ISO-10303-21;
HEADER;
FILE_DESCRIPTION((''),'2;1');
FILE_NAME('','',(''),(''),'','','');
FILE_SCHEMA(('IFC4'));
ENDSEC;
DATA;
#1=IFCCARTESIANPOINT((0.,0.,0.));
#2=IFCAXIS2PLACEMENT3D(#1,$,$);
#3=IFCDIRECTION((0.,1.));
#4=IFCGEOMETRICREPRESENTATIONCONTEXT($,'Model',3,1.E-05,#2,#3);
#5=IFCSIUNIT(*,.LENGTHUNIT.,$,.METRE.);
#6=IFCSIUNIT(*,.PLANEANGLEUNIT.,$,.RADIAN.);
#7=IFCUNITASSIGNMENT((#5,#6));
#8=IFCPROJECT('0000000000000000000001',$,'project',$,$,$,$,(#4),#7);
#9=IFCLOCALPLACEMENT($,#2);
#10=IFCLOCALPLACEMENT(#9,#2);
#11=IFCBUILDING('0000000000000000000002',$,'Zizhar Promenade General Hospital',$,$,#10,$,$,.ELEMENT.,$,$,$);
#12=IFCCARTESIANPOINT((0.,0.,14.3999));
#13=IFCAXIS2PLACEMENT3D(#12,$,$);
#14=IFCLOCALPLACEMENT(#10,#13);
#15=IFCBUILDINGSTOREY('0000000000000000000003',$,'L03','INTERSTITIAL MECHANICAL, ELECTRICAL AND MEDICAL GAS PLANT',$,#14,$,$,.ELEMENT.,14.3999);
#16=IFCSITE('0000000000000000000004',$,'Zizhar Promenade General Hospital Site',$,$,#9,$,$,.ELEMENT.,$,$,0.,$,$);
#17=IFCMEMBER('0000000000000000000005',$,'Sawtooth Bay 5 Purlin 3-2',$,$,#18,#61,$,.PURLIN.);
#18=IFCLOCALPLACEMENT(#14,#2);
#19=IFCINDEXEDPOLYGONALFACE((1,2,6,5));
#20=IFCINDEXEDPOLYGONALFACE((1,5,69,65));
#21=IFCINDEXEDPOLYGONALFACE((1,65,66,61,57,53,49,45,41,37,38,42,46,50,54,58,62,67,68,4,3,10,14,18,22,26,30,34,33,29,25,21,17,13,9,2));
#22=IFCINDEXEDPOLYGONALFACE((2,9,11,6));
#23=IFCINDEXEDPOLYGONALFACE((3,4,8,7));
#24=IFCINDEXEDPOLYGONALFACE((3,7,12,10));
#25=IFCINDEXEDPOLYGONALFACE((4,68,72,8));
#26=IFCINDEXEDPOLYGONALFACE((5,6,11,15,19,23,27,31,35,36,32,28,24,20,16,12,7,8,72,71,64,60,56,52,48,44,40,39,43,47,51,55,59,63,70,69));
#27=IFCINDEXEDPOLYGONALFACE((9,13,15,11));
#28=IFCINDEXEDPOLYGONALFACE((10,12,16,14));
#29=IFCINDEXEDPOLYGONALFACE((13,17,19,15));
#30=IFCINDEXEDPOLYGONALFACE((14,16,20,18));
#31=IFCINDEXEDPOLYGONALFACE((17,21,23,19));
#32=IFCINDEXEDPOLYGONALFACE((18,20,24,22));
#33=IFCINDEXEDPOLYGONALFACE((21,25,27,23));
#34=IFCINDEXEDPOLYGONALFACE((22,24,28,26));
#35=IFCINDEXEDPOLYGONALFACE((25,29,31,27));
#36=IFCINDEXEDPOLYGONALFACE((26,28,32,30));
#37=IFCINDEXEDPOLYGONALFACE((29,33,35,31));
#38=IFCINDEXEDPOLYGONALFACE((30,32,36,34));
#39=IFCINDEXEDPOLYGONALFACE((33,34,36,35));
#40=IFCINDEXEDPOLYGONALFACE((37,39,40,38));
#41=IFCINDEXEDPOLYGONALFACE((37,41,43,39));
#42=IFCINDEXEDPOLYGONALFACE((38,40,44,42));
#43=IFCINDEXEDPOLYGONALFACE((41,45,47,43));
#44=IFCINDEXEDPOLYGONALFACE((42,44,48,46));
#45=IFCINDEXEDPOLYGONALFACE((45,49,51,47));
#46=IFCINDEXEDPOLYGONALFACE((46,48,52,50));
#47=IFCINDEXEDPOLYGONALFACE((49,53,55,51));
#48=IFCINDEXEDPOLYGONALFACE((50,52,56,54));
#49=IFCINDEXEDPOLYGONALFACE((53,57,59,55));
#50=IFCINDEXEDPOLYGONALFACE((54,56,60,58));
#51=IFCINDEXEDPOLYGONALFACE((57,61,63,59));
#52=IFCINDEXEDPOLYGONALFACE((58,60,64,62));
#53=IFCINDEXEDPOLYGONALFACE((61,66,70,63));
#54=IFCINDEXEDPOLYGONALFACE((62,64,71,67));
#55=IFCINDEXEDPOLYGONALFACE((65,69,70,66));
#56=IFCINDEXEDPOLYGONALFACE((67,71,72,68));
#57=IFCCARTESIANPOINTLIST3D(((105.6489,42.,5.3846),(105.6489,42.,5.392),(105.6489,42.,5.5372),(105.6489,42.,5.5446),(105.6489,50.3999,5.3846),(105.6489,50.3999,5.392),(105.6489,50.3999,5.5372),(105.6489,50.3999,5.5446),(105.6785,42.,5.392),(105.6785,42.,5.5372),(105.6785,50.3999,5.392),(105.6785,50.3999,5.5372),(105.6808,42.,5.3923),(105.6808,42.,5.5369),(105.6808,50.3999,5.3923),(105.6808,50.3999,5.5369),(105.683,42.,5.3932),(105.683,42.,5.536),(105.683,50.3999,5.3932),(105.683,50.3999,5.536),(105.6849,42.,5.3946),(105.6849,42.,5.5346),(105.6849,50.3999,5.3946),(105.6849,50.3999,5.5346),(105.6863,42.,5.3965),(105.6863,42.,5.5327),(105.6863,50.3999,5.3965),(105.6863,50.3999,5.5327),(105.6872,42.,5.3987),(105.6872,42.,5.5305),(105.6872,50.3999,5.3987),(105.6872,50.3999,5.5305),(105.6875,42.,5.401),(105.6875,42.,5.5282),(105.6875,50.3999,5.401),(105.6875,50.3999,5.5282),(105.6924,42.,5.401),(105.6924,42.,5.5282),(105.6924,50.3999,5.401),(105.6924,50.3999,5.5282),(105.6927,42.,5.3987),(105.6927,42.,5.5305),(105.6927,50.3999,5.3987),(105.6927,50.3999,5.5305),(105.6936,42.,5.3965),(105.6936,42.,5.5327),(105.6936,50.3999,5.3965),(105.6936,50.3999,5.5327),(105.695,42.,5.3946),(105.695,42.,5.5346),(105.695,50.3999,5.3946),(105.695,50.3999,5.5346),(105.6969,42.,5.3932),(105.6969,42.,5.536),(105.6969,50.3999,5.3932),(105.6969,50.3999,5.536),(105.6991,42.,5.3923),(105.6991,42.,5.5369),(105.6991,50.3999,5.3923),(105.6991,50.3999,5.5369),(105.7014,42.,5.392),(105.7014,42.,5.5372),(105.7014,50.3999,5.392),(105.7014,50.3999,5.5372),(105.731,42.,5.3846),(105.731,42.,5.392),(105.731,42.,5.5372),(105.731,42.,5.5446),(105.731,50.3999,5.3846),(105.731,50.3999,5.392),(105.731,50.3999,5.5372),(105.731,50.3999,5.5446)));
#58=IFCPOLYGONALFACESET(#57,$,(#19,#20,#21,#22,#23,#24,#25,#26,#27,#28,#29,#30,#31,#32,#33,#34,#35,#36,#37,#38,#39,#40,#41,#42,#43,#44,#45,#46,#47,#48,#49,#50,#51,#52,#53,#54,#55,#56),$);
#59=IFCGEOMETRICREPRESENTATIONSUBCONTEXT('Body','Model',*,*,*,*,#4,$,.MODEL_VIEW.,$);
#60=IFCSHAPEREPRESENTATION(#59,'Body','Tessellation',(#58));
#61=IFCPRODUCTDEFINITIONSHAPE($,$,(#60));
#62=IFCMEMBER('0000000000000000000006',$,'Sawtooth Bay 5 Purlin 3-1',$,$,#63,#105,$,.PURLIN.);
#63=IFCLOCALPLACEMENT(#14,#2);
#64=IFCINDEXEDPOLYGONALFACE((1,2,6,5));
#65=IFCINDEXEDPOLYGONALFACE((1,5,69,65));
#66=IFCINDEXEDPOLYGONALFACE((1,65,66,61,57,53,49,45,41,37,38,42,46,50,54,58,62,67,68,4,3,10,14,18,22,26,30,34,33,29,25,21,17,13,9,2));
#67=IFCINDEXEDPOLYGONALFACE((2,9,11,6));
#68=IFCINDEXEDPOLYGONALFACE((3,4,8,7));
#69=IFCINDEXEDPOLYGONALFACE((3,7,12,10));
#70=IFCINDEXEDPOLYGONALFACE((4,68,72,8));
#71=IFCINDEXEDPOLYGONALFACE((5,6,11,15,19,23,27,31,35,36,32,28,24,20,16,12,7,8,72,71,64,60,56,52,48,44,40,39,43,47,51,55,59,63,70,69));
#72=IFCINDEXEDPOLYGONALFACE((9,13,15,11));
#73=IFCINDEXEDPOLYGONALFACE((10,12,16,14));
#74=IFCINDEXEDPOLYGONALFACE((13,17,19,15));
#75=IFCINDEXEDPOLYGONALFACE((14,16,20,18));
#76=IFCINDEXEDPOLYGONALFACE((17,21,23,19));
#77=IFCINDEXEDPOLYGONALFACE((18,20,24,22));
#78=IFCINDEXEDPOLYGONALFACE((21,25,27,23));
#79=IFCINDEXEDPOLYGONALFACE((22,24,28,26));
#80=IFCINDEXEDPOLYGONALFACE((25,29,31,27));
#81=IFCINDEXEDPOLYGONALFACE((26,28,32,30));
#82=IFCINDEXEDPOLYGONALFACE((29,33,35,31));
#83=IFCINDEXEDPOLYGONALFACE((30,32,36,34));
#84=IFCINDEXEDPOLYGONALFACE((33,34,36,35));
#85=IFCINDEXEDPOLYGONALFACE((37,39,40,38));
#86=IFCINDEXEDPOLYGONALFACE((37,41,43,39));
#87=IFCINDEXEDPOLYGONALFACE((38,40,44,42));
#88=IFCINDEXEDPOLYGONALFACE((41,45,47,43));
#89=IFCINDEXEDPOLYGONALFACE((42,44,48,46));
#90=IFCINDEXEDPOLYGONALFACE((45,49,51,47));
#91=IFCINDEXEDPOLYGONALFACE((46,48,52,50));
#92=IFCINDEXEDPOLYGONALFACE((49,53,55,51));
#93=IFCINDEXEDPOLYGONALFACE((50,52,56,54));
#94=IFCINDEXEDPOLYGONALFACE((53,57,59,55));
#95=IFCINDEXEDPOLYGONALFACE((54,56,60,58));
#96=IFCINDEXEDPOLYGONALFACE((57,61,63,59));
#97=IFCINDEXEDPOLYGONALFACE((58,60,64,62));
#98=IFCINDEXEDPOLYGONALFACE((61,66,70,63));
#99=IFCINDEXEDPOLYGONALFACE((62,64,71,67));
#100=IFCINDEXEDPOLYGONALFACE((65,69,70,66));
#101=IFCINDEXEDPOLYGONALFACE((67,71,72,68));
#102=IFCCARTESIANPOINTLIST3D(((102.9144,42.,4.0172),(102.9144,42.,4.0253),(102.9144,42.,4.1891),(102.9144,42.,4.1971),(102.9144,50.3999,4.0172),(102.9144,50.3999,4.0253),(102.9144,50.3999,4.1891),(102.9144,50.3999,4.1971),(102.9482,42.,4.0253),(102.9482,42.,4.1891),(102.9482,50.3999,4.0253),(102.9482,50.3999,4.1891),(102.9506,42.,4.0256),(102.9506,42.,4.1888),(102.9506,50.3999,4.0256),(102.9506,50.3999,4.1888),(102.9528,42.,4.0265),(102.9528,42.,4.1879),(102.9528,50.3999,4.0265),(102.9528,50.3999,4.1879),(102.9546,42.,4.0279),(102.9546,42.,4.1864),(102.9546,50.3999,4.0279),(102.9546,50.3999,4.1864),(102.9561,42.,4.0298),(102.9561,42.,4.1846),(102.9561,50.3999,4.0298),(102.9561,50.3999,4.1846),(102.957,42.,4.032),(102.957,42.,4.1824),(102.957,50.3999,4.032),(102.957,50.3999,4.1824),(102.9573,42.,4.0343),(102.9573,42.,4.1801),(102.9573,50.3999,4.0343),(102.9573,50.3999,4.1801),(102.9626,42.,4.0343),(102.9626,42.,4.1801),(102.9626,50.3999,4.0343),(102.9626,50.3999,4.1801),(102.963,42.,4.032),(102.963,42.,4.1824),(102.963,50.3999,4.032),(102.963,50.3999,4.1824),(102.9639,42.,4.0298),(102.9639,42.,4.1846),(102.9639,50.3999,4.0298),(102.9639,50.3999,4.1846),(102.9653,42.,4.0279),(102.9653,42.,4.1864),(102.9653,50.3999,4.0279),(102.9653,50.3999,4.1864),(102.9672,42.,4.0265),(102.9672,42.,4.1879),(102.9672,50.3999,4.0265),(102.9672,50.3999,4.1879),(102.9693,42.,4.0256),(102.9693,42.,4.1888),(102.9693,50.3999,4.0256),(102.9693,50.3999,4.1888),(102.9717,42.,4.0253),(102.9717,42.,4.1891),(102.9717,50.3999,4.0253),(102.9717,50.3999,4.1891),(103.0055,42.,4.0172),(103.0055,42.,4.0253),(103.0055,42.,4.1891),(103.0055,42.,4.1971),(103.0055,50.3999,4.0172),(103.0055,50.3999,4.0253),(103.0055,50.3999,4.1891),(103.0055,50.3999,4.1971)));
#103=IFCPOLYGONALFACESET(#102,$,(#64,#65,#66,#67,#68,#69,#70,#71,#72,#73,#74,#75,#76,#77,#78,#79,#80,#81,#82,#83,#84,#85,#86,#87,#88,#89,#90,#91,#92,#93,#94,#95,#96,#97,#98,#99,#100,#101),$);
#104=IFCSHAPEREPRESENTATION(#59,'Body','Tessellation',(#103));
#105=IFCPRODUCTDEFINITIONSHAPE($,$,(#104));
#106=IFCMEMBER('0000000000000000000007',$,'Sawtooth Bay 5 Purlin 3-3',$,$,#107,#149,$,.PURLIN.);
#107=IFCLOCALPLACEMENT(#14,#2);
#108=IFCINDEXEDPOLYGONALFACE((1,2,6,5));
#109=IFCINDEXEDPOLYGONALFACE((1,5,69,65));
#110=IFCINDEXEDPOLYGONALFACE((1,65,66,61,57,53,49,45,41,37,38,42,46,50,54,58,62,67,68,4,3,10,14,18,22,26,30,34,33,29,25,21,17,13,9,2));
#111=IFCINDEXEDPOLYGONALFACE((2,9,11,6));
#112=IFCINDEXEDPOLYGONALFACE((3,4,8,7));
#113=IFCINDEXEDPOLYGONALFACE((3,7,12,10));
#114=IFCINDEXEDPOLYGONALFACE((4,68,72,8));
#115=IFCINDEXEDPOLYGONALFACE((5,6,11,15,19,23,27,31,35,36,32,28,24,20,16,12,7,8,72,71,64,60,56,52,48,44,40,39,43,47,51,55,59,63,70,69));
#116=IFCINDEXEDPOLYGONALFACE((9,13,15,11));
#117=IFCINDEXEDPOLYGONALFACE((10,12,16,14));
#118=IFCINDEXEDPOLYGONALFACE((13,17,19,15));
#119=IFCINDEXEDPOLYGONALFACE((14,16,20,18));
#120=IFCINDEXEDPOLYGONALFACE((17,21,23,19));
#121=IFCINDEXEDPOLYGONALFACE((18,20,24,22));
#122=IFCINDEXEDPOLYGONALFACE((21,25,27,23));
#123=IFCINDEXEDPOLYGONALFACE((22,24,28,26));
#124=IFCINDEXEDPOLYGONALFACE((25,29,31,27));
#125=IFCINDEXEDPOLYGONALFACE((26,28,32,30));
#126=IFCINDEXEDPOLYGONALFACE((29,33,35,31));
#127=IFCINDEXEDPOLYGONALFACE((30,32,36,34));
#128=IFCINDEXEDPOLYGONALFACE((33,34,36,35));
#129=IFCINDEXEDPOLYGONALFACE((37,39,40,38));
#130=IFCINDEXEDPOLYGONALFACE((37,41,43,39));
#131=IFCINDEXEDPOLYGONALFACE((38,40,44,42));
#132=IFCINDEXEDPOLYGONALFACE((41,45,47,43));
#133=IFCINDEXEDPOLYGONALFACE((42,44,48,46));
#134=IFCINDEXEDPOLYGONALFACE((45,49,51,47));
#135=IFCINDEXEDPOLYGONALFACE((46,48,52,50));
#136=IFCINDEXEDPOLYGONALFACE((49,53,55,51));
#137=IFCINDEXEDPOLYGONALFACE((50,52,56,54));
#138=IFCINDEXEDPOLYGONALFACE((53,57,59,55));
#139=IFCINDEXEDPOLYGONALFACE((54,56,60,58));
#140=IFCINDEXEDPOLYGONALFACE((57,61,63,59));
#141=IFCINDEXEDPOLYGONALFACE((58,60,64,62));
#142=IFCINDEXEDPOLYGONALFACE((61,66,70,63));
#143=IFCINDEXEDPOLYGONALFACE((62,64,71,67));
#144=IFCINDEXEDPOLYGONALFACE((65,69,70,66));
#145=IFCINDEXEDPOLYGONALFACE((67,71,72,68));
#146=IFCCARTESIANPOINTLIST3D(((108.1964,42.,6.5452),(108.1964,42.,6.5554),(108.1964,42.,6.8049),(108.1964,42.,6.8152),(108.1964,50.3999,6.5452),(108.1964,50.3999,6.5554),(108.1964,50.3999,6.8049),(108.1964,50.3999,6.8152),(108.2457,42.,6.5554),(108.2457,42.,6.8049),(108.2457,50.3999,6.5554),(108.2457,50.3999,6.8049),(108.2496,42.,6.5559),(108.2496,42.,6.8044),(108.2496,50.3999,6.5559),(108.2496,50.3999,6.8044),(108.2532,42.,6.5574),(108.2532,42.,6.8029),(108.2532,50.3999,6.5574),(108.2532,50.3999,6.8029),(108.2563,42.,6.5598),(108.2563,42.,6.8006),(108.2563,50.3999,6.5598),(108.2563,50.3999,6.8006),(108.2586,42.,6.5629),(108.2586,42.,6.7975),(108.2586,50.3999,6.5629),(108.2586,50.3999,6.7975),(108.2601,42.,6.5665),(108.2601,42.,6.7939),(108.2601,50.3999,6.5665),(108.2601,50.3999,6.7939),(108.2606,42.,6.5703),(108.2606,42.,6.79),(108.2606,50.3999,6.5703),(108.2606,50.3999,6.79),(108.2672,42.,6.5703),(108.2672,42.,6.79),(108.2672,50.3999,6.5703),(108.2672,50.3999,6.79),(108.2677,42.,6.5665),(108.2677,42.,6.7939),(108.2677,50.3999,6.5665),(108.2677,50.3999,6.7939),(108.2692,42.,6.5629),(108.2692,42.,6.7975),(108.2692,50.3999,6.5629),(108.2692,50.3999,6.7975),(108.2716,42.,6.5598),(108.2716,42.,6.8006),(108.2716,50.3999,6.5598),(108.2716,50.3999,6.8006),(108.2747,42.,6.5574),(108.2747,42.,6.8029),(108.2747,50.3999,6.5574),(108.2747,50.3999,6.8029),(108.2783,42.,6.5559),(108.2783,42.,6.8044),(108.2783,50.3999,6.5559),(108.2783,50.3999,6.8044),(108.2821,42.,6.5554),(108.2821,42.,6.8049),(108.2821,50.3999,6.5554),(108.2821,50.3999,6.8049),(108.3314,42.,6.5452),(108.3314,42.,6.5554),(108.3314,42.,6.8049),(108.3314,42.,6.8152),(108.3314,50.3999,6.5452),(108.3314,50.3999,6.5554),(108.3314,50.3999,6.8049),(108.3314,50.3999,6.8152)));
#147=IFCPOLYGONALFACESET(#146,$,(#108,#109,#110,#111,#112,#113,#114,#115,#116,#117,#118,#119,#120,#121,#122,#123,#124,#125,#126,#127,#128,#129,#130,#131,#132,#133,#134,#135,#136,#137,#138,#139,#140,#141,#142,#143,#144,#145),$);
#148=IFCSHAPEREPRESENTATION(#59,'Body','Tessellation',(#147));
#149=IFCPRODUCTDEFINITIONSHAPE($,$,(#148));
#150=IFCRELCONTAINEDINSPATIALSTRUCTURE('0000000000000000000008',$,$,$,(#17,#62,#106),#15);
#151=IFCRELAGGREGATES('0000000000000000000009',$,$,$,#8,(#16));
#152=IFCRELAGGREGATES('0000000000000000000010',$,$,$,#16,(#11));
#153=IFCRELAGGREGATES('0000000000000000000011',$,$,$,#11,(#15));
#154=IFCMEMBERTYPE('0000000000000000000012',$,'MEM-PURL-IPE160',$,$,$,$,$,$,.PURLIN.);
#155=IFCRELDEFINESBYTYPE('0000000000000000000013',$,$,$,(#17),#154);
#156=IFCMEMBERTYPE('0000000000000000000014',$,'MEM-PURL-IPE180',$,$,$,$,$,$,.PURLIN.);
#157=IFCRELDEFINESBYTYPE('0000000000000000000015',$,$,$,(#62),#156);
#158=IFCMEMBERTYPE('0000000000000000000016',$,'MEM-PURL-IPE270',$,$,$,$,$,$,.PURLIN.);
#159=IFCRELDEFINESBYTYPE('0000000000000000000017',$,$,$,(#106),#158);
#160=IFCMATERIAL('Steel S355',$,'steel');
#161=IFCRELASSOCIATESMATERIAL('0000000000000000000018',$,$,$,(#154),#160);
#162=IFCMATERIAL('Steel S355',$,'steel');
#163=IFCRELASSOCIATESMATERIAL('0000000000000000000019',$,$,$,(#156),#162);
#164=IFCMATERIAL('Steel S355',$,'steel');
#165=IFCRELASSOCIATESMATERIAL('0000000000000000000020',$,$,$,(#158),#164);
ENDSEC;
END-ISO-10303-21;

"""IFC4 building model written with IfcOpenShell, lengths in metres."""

from ifc_helpers import new_model, si_unit, direction, frame, origin, origin_2d, place, context, subcontext, project, spatial, i_section, extrude, material, material_profile, profile_set, type_object, element, save


model = new_model("IFC4")

# Units and contexts
model_context = context("Model", 3, precision=1e-05, world=origin(), true_north=direction((0.0, 1.0)))
body_context = subcontext(model_context, "Body", "Model", "MODEL_VIEW")
ifc_project = project(units=[si_unit("LENGTHUNIT", "METRE"), si_unit("PLANEANGLEUNIT", "RADIAN")], contexts=[model_context])

# Site, building, storey
site_placement = place(None, origin())
site = spatial("IfcSite", under=ifc_project, at=site_placement, Name="Zizhar Promenade General Hospital Site", CompositionType="ELEMENT", RefElevation=0.0)
building_placement = place(site_placement, origin())
building = spatial("IfcBuilding", under=site, at=building_placement, Name="Zizhar Promenade General Hospital", CompositionType="ELEMENT")
storey_placement = place(building_placement, frame((0.0, 0.0, 14.3999)))
storey = spatial("IfcBuildingStorey", under=building, at=storey_placement, Name="L03", Description="INTERSTITIAL MECHANICAL, ELECTRICAL AND MEDICAL GAS PLANT", CompositionType="ELEMENT", Elevation=14.3999)

# Members
ifc_material_1 = material(Name="Steel S355", Category="steel")
ifc_material_profile_1 = material_profile(ifc_material_1, i_section(OverallWidth=0.082, OverallDepth=0.1599, WebThickness=0.0049, FlangeThickness=0.0073, FilletRadius=0.009, at=origin_2d()))
ifc_profile_set_1 = profile_set([ifc_material_profile_1], Name="Steel S355")
member_type_1 = type_object("IfcMemberType", Name="MEM-PURL-IPE160", PredefinedType="PURLIN", material=ifc_profile_set_1)
member_1_placement = place(storey_placement, frame((105.6899, 42.0, 5.4646), z_axis=(0.0, 1.0, 0.0), x_axis=(-1.0, 0.0, 0.0)))
element("IfcMember", 1, at=member_1_placement, inside=storey, type_object=member_type_1, Name="Sawtooth Bay 5 Purlin 3-2", PredefinedType="PURLIN", context=body_context, shape_type="SweptSolid", body=[
    extrude(i_section(OverallWidth=0.082, OverallDepth=0.1599, WebThickness=0.0049, FlangeThickness=0.0073, FilletRadius=0.009, at=origin_2d()), origin(), (0.0, 0.0, 1.0), 8.3999),
])
ifc_material_2 = material(Name="Steel S355", Category="steel")
ifc_material_profile_2 = material_profile(ifc_material_2, i_section(OverallWidth=0.0911, OverallDepth=0.1799, WebThickness=0.0054, FlangeThickness=0.0081, FilletRadius=0.009, at=origin_2d()))
ifc_profile_set_2 = profile_set([ifc_material_profile_2], Name="Steel S355")
member_type_2 = type_object("IfcMemberType", Name="MEM-PURL-IPE180", PredefinedType="PURLIN", material=ifc_profile_set_2)
member_2_placement = place(storey_placement, frame((102.96, 42.0, 4.1072), z_axis=(0.0, 1.0, 0.0), x_axis=(-1.0, 0.0, 0.0)))
element("IfcMember", 2, at=member_2_placement, inside=storey, type_object=member_type_2, Name="Sawtooth Bay 5 Purlin 3-1", PredefinedType="PURLIN", context=body_context, shape_type="SweptSolid", body=[
    extrude(i_section(OverallWidth=0.0911, OverallDepth=0.1799, WebThickness=0.0054, FlangeThickness=0.0081, FilletRadius=0.009, at=origin_2d()), origin(), (0.0, 0.0, 1.0), 8.3999),
])
ifc_material_3 = material(Name="Steel S355", Category="steel")
ifc_material_profile_3 = material_profile(ifc_material_3, i_section(OverallWidth=0.135, OverallDepth=0.27, WebThickness=0.0066, FlangeThickness=0.0103, FilletRadius=0.0149, at=origin_2d()))
ifc_profile_set_3 = profile_set([ifc_material_profile_3], Name="Steel S355")
member_type_3 = type_object("IfcMemberType", Name="MEM-PURL-IPE270", PredefinedType="PURLIN", material=ifc_profile_set_3)
member_3_placement = place(storey_placement, frame((108.2639, 42.0, 6.6802), z_axis=(0.0, 1.0, 0.0), x_axis=(-1.0, 0.0, 0.0)))
element("IfcMember", 3, at=member_3_placement, inside=storey, type_object=member_type_3, Name="Sawtooth Bay 5 Purlin 3-3", PredefinedType="PURLIN", context=body_context, shape_type="SweptSolid", body=[
    extrude(i_section(OverallWidth=0.135, OverallDepth=0.27, WebThickness=0.0066, FlangeThickness=0.0103, FilletRadius=0.0149, at=origin_2d()), origin(), (0.0, 0.0, 1.0), 8.3999),
])

save(model, "model.ifc")
